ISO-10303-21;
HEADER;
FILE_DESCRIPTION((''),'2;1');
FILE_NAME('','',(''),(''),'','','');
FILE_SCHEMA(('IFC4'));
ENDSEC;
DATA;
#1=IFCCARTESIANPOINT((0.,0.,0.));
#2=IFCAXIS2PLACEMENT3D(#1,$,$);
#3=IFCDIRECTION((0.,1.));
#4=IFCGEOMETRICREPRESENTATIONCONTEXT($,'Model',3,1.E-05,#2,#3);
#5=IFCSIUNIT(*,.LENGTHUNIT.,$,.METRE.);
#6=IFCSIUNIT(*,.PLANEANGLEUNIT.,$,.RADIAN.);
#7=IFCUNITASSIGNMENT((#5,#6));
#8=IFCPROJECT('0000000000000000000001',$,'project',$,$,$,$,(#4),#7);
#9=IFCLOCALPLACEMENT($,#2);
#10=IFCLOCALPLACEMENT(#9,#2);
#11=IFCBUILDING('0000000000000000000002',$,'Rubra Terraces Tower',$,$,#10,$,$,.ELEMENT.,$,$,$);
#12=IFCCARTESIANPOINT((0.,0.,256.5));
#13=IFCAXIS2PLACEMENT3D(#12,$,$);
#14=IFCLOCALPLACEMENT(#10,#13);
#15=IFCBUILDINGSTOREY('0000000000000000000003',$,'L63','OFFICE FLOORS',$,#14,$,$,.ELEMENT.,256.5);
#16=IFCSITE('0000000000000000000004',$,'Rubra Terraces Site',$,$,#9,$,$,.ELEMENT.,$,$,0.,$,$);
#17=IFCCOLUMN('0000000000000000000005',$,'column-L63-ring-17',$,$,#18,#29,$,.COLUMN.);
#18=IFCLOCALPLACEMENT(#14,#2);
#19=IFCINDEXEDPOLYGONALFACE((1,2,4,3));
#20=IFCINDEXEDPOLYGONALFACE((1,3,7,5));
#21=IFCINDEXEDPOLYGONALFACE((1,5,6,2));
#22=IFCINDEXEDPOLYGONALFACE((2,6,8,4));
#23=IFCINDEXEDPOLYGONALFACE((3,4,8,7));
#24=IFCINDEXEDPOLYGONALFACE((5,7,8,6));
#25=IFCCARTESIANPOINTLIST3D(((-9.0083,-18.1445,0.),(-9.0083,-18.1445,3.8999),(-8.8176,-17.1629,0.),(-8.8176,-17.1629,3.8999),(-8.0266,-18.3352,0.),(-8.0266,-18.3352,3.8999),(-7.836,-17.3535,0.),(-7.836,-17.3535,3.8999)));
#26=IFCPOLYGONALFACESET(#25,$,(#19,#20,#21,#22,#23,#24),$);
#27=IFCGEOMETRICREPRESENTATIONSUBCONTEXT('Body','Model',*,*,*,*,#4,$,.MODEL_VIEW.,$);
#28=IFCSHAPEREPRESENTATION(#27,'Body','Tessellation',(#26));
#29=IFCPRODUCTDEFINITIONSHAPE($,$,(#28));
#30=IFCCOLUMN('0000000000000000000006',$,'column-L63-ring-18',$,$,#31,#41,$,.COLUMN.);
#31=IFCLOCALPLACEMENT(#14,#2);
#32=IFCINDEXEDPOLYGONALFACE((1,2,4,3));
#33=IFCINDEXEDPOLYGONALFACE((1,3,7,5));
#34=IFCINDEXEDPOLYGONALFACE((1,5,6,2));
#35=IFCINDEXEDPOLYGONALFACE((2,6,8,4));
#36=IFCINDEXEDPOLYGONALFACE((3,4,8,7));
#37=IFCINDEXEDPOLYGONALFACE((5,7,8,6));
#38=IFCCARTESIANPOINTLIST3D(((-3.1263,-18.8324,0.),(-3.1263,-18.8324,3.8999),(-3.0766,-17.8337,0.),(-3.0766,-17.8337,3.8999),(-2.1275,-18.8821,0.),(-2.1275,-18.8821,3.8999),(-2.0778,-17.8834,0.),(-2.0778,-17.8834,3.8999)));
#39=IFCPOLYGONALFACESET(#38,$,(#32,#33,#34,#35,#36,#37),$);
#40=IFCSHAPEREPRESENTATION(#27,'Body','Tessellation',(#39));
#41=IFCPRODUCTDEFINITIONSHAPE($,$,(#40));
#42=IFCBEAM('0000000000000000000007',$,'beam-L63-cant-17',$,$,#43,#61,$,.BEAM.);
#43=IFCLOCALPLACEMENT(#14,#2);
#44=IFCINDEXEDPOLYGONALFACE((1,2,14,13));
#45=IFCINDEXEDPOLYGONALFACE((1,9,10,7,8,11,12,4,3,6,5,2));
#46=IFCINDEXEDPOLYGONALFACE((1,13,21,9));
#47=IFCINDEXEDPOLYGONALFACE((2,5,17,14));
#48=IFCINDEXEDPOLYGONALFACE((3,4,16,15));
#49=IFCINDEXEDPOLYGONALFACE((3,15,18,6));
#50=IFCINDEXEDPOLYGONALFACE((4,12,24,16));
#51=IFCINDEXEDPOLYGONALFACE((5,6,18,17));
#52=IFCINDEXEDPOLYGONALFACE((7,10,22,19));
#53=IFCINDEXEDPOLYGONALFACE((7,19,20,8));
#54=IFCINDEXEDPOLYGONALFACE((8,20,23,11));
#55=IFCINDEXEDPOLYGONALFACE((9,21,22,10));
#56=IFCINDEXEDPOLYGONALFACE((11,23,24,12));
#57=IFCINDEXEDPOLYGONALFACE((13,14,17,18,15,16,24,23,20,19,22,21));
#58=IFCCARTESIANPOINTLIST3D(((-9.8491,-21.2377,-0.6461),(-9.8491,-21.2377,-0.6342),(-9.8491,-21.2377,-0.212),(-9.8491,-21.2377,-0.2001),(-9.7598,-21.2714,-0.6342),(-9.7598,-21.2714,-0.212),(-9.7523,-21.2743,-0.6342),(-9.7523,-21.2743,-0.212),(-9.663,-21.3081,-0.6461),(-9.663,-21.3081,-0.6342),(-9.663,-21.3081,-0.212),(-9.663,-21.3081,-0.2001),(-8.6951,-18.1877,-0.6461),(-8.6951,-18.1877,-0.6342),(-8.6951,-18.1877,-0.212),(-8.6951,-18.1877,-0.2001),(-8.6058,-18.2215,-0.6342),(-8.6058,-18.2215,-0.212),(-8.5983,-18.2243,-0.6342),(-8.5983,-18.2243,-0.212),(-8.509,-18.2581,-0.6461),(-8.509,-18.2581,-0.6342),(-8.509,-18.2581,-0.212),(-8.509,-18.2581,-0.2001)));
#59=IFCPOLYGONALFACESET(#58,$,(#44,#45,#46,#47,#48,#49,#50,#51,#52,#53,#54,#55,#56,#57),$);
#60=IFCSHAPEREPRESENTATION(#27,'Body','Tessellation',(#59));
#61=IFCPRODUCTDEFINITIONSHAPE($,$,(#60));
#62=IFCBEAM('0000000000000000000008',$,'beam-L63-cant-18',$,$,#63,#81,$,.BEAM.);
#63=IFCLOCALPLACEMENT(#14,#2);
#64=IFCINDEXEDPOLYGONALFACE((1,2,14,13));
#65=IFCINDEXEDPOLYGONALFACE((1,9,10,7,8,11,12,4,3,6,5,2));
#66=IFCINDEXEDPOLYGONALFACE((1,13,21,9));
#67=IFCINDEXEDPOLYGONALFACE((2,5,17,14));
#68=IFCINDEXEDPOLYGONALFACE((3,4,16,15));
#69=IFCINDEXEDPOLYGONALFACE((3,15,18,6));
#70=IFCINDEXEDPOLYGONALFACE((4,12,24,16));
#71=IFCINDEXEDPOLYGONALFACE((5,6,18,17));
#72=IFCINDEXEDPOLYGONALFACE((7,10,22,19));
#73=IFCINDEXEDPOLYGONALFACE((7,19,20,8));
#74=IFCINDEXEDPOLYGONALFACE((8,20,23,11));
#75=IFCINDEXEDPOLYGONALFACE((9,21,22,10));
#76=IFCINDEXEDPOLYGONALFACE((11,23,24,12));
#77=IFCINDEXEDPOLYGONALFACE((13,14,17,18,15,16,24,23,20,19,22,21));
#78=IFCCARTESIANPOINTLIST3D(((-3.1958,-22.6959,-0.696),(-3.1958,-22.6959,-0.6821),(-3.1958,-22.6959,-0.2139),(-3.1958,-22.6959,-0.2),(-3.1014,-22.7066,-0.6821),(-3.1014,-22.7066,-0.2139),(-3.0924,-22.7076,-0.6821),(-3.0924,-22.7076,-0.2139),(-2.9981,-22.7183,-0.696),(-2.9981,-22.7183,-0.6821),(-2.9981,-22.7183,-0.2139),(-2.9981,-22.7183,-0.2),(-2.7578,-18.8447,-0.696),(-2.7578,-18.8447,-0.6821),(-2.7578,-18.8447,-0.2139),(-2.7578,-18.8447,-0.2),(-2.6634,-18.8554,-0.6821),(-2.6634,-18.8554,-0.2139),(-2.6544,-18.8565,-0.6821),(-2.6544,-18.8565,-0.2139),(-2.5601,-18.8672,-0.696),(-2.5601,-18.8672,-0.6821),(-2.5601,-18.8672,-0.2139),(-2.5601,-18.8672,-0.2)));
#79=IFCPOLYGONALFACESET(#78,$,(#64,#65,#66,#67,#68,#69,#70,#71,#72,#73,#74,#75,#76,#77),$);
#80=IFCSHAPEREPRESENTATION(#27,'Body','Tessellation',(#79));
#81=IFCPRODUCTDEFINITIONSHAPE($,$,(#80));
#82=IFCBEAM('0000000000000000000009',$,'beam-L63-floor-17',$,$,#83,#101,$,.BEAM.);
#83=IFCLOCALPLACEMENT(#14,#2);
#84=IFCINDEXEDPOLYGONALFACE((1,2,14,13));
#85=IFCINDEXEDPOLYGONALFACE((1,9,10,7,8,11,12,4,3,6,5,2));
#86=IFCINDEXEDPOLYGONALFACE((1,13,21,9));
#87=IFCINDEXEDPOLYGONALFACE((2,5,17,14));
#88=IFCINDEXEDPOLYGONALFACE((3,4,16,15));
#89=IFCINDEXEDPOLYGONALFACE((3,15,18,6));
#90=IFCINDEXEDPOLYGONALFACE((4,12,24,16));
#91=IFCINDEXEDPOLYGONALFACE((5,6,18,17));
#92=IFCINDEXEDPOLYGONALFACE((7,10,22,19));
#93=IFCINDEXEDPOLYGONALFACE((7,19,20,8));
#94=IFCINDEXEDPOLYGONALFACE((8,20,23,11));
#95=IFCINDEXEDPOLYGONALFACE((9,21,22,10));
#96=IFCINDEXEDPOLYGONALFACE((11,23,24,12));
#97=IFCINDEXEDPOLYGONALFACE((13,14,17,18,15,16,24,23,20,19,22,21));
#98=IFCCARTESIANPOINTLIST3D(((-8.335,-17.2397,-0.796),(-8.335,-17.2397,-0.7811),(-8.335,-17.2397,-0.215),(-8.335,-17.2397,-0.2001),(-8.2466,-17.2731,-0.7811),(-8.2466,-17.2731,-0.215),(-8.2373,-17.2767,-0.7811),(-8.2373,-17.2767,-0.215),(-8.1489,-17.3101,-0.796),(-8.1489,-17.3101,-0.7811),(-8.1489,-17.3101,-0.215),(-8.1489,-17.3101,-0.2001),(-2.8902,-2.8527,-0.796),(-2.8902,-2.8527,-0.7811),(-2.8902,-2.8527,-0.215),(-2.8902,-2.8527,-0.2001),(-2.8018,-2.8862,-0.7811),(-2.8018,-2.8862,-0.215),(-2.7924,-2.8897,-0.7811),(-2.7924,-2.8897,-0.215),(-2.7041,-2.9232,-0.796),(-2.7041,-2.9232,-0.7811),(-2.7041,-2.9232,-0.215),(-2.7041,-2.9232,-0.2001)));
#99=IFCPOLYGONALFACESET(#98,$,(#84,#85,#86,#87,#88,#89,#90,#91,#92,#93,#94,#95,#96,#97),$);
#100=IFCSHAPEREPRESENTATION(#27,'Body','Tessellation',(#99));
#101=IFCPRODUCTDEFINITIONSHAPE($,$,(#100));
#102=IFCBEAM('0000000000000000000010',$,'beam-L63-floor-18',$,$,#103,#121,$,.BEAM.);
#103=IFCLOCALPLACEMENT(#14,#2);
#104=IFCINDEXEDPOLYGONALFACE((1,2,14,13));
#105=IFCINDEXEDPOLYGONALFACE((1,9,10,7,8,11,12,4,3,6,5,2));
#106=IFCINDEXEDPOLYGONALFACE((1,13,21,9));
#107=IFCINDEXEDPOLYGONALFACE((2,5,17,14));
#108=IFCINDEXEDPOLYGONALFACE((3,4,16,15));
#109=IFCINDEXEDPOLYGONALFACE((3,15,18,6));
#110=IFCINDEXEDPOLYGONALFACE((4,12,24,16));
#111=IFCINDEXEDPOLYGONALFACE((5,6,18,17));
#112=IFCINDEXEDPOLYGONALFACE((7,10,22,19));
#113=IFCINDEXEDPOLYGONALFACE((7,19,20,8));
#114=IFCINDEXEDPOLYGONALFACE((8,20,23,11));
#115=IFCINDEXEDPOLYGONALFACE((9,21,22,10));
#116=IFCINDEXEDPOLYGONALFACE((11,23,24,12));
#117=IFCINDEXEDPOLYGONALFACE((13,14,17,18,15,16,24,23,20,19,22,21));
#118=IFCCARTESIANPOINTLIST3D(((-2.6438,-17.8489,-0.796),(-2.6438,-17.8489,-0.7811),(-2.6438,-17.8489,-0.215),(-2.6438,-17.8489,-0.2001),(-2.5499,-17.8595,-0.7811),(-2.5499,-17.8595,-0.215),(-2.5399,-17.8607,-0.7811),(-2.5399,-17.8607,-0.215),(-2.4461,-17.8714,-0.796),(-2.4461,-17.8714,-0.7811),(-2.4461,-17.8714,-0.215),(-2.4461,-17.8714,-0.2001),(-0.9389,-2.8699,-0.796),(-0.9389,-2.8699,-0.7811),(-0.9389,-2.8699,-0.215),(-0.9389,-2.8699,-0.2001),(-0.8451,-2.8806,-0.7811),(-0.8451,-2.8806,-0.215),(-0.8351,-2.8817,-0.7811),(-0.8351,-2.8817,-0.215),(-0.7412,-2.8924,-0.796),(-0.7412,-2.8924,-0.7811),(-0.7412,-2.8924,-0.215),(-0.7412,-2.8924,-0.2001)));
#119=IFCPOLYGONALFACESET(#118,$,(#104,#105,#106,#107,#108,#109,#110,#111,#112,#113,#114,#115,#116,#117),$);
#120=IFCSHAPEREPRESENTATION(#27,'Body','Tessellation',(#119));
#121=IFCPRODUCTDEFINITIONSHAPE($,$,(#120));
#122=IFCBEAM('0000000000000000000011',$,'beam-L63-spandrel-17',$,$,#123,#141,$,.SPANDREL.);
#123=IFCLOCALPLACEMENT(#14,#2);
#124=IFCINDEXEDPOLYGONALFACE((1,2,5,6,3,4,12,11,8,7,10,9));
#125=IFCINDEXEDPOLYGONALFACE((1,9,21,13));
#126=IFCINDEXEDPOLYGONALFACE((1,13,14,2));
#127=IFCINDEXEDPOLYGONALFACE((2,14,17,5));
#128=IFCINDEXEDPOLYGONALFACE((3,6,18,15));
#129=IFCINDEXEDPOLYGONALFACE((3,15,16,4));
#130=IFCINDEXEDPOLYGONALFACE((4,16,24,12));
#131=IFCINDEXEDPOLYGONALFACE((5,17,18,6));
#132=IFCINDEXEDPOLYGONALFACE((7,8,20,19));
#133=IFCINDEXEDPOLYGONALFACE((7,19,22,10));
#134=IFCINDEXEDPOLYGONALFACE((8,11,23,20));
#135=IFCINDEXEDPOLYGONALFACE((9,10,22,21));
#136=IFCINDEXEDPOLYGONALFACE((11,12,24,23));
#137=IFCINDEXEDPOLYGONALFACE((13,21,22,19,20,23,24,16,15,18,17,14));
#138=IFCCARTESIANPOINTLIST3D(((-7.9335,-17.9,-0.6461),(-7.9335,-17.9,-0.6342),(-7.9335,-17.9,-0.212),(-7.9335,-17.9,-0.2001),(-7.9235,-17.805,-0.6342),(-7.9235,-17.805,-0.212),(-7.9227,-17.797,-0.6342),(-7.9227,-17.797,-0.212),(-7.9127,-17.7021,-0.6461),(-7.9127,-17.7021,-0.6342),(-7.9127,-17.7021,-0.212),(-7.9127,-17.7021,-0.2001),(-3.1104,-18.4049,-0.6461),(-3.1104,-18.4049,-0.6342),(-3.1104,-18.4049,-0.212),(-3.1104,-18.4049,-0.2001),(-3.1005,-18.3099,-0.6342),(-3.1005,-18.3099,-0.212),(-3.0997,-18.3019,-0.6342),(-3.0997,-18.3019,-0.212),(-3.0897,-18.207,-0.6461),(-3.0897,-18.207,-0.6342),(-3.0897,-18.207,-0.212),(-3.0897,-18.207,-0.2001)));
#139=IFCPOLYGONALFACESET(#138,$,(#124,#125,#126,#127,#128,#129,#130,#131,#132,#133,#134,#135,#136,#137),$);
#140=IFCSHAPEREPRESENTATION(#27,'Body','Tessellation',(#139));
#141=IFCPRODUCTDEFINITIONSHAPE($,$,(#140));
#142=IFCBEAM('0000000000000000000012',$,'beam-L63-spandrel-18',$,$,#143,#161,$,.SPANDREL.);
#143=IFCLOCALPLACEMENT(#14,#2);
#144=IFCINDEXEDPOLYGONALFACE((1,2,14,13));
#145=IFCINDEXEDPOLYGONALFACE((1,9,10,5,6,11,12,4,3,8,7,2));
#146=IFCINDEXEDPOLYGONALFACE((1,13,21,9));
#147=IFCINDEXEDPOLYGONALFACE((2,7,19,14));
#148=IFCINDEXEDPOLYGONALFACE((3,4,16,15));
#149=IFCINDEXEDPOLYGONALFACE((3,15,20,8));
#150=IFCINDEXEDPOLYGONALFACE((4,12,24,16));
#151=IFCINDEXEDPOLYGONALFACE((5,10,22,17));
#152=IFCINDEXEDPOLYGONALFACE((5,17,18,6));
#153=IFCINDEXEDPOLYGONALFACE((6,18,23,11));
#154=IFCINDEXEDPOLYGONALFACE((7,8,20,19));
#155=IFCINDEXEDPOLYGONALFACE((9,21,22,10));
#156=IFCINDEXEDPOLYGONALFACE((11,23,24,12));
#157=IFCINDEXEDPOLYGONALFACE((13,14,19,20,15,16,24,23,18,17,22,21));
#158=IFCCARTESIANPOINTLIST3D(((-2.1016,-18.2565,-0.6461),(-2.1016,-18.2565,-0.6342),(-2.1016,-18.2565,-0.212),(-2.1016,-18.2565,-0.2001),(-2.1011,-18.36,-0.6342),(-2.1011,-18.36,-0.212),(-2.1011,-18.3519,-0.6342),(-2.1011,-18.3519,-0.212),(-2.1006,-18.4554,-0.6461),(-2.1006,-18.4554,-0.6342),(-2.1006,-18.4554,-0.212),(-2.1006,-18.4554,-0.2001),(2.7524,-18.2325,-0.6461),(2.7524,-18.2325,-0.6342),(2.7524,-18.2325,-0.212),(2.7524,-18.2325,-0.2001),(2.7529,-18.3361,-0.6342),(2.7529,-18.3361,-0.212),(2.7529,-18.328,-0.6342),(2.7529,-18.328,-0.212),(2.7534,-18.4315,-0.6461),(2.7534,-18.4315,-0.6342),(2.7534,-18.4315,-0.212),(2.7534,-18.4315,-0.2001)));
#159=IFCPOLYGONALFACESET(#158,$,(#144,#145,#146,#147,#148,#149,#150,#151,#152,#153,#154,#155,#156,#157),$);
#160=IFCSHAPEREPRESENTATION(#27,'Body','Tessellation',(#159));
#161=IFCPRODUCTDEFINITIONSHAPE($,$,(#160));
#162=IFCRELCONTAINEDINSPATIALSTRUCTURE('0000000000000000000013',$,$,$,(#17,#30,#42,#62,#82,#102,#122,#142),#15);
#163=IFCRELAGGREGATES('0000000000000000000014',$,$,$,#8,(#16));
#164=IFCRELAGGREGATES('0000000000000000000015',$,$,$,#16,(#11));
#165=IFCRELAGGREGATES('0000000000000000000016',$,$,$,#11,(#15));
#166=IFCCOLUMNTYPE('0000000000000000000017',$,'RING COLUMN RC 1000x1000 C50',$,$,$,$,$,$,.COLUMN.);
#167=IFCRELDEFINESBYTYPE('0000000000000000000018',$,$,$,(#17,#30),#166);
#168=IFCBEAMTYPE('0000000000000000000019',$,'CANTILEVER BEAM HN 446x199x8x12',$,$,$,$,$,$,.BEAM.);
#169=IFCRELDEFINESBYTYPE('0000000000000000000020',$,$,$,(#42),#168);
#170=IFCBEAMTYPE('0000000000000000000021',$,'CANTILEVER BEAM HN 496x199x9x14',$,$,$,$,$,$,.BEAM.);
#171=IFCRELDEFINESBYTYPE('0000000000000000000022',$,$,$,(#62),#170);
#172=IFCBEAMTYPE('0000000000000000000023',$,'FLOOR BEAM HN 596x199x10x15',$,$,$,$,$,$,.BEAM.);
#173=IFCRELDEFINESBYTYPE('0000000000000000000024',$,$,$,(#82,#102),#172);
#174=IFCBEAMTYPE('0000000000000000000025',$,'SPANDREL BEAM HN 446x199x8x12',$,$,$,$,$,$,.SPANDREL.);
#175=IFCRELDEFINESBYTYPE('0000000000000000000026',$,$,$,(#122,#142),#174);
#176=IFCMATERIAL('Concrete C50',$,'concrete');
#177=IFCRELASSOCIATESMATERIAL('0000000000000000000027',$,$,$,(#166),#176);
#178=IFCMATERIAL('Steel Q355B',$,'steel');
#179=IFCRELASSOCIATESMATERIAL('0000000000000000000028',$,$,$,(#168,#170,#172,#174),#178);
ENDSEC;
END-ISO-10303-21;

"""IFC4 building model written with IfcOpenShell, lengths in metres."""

from ifc_helpers import new_model, si_unit, direction, frame, origin, origin_2d, place, context, subcontext, project, spatial, rectangle, i_section, extrude, material, material_profile, profile_set, type_object, element, save


model = new_model("IFC4")

# Units and contexts
model_context = context("Model", 3, precision=1e-05, world=origin(), true_north=direction((0.0, 1.0)))
body_context = subcontext(model_context, "Body", "Model", "MODEL_VIEW")
ifc_project = project(units=[si_unit("LENGTHUNIT", "METRE"), si_unit("PLANEANGLEUNIT", "RADIAN")], contexts=[model_context])

# Site, building, storey
site_placement = place(None, origin())
site = spatial("IfcSite", under=ifc_project, at=site_placement, Name="Rubra Terraces Site", CompositionType="ELEMENT", RefElevation=0.0)
building_placement = place(site_placement, origin())
building = spatial("IfcBuilding", under=site, at=building_placement, Name="Rubra Terraces Tower", CompositionType="ELEMENT")
storey_placement = place(building_placement, frame((0.0, 0.0, 256.5)))
storey = spatial("IfcBuildingStorey", under=building, at=storey_placement, Name="L63", Description="OFFICE FLOORS", CompositionType="ELEMENT", Elevation=256.5)

# Columns
ifc_material_1 = material(Name="Concrete C50", Category="concrete")
ifc_material_profile_1 = material_profile(ifc_material_1, rectangle(XDim=1.0, YDim=1.0, at=origin_2d()), Name="RC 1000x1000")
ifc_profile_set_1 = profile_set([ifc_material_profile_1], Name="Concrete C50")
column_type = type_object("IfcColumnType", Name="RING COLUMN RC 1000x1000 C50", PredefinedType="COLUMN", material=ifc_profile_set_1)
for number, where, z_axis, x_axis, name in (
    (1, (-8.4221, -17.749, 0.0), (0.0, 0.0, 1.0), (0.981655, -0.190668, 0.0), "column-L63-ring-17"),
    (2, (-2.6021, -18.3579, 0.0), (0.0, 0.0, 1.0), (0.998764, -0.049699, 0.0), "column-L63-ring-18"),
):
    element("IfcColumn", number, at=place(storey_placement, frame(where, z_axis=z_axis, x_axis=x_axis)), inside=storey, type_object=column_type, Name=name, PredefinedType="COLUMN", context=body_context, shape_type="SweptSolid", body=[
        extrude(rectangle(XDim=1.0, YDim=1.0, at=origin_2d()), origin(), (0.0, 0.0, 1.0), 3.8999),
    ])

# Beams
ifc_material_2 = material(Name="Steel Q355B", Category="steel")
ifc_material_profile_2 = material_profile(ifc_material_2, i_section(OverallWidth=0.199, OverallDepth=0.446, WebThickness=0.0081, FlangeThickness=0.012, at=origin_2d()), Name="HN 446x199x8x12")
ifc_profile_set_2 = profile_set([ifc_material_profile_2], Name="Steel Q355B")
beam_type_1 = type_object("IfcBeamType", Name="CANTILEVER BEAM HN 446x199x8x12", PredefinedType="BEAM", material=ifc_profile_set_2)
beam_1_placement = place(storey_placement, frame((-8.6021, -18.2229, -0.4231), z_axis=(-0.353887, -0.935288, 0.0), x_axis=(0.935288, -0.353887, 0.0)))
element("IfcBeam", 3, at=beam_1_placement, inside=storey, type_object=beam_type_1, Name="beam-L63-cant-17", PredefinedType="BEAM", context=body_context, shape_type="SweptSolid", body=[
    extrude(i_section(OverallWidth=0.199, OverallDepth=0.446, WebThickness=0.0081, FlangeThickness=0.012, at=origin_2d()), origin(), (0.0, 0.0, 1.0), 3.261),
])
ifc_material_profile_3 = material_profile(ifc_material_2, i_section(OverallWidth=0.199, OverallDepth=0.4961, WebThickness=0.009, FlangeThickness=0.0139, at=origin_2d()), Name="HN 496x199x9x14")
ifc_profile_set_3 = profile_set([ifc_material_profile_3], Name="Steel Q355B")
beam_type_2 = type_object("IfcBeamType", Name="CANTILEVER BEAM HN 496x199x9x14", PredefinedType="BEAM", material=ifc_profile_set_3)
beam_2_placement = place(storey_placement, frame((-2.6589, -18.856, -0.448), z_axis=(-0.113003, -0.993595, 0.0), x_axis=(0.993595, -0.113003, 0.0)))
element("IfcBeam", 4, at=beam_2_placement, inside=storey, type_object=beam_type_2, Name="beam-L63-cant-18", PredefinedType="BEAM", context=body_context, shape_type="SweptSolid", body=[
    extrude(i_section(OverallWidth=0.199, OverallDepth=0.4961, WebThickness=0.009, FlangeThickness=0.0139, at=origin_2d()), origin(), (0.0, 0.0, 1.0), 3.876),
])
ifc_material_profile_4 = material_profile(ifc_material_2, i_section(OverallWidth=0.199, OverallDepth=0.5959, WebThickness=0.01, FlangeThickness=0.0149, at=origin_2d()), Name="HN 596x199x10x15")
ifc_profile_set_4 = profile_set([ifc_material_profile_4], Name="Steel Q355B")
beam_type_3 = type_object("IfcBeamType", Name="FLOOR BEAM HN 596x199x10x15", PredefinedType="BEAM", material=ifc_profile_set_4)
beam_3_placement = place(storey_placement, frame((-8.2419, -17.2749, -0.498), z_axis=(0.353955, 0.935262, 0.0), x_axis=(-0.935262, 0.353955, 0.0)))
element("IfcBeam", 5, at=beam_3_placement, inside=storey, type_object=beam_type_3, Name="beam-L63-floor-17", PredefinedType="BEAM", context=body_context, shape_type="SweptSolid", body=[
    extrude(i_section(OverallWidth=0.199, OverallDepth=0.5959, WebThickness=0.01, FlangeThickness=0.0149, at=origin_2d()), origin(), (0.0, 0.0, 1.0), 15.3828),
])
beam_4_placement = place(storey_placement, frame((-2.5449, -17.8601, -0.498), z_axis=(0.113085, 0.993585, 0.0), x_axis=(-0.993585, 0.113085, 0.0)))
element("IfcBeam", 6, at=beam_4_placement, inside=storey, type_object=beam_type_3, Name="beam-L63-floor-18", PredefinedType="BEAM", context=body_context, shape_type="SweptSolid", body=[
    extrude(i_section(OverallWidth=0.199, OverallDepth=0.5959, WebThickness=0.01, FlangeThickness=0.0149, at=origin_2d()), origin(), (0.0, 0.0, 1.0), 15.0757),
])
ifc_material_profile_5 = material_profile(ifc_material_2, i_section(OverallWidth=0.199, OverallDepth=0.446, WebThickness=0.0081, FlangeThickness=0.012, at=origin_2d()), Name="HN 446x199x8x12")
ifc_profile_set_5 = profile_set([ifc_material_profile_5], Name="Steel Q355B")
beam_type_4 = type_object("IfcBeamType", Name="SPANDREL BEAM HN 446x199x8x12", PredefinedType="SPANDREL", material=ifc_profile_set_5)
beam_5_placement = place(storey_placement, frame((-7.9231, -17.801, -0.4231), z_axis=(0.994565, -0.104113, 0.0), x_axis=(0.104113, 0.994565, 0.0)))
element("IfcBeam", 7, at=beam_5_placement, inside=storey, type_object=beam_type_4, Name="beam-L63-spandrel-17", PredefinedType="SPANDREL", context=body_context, shape_type="SweptSolid", body=[
    extrude(i_section(OverallWidth=0.199, OverallDepth=0.446, WebThickness=0.0081, FlangeThickness=0.012, at=origin_2d()), origin(), (0.0, 0.0, 1.0), 4.8494),
])
beam_6_placement = place(storey_placement, frame((-2.1011, -18.356, -0.4231), z_axis=(0.999988, 0.004929, 0.0), x_axis=(-0.004929, 0.999988, 0.0)))
element("IfcBeam", 8, at=beam_6_placement, inside=storey, type_object=beam_type_4, Name="beam-L63-spandrel-18", PredefinedType="SPANDREL", context=body_context, shape_type="SweptSolid", body=[
    extrude(i_section(OverallWidth=0.199, OverallDepth=0.446, WebThickness=0.0081, FlangeThickness=0.012, at=origin_2d()), origin(), (0.0, 0.0, 1.0), 4.854),
])

save(model, "model.ifc")
